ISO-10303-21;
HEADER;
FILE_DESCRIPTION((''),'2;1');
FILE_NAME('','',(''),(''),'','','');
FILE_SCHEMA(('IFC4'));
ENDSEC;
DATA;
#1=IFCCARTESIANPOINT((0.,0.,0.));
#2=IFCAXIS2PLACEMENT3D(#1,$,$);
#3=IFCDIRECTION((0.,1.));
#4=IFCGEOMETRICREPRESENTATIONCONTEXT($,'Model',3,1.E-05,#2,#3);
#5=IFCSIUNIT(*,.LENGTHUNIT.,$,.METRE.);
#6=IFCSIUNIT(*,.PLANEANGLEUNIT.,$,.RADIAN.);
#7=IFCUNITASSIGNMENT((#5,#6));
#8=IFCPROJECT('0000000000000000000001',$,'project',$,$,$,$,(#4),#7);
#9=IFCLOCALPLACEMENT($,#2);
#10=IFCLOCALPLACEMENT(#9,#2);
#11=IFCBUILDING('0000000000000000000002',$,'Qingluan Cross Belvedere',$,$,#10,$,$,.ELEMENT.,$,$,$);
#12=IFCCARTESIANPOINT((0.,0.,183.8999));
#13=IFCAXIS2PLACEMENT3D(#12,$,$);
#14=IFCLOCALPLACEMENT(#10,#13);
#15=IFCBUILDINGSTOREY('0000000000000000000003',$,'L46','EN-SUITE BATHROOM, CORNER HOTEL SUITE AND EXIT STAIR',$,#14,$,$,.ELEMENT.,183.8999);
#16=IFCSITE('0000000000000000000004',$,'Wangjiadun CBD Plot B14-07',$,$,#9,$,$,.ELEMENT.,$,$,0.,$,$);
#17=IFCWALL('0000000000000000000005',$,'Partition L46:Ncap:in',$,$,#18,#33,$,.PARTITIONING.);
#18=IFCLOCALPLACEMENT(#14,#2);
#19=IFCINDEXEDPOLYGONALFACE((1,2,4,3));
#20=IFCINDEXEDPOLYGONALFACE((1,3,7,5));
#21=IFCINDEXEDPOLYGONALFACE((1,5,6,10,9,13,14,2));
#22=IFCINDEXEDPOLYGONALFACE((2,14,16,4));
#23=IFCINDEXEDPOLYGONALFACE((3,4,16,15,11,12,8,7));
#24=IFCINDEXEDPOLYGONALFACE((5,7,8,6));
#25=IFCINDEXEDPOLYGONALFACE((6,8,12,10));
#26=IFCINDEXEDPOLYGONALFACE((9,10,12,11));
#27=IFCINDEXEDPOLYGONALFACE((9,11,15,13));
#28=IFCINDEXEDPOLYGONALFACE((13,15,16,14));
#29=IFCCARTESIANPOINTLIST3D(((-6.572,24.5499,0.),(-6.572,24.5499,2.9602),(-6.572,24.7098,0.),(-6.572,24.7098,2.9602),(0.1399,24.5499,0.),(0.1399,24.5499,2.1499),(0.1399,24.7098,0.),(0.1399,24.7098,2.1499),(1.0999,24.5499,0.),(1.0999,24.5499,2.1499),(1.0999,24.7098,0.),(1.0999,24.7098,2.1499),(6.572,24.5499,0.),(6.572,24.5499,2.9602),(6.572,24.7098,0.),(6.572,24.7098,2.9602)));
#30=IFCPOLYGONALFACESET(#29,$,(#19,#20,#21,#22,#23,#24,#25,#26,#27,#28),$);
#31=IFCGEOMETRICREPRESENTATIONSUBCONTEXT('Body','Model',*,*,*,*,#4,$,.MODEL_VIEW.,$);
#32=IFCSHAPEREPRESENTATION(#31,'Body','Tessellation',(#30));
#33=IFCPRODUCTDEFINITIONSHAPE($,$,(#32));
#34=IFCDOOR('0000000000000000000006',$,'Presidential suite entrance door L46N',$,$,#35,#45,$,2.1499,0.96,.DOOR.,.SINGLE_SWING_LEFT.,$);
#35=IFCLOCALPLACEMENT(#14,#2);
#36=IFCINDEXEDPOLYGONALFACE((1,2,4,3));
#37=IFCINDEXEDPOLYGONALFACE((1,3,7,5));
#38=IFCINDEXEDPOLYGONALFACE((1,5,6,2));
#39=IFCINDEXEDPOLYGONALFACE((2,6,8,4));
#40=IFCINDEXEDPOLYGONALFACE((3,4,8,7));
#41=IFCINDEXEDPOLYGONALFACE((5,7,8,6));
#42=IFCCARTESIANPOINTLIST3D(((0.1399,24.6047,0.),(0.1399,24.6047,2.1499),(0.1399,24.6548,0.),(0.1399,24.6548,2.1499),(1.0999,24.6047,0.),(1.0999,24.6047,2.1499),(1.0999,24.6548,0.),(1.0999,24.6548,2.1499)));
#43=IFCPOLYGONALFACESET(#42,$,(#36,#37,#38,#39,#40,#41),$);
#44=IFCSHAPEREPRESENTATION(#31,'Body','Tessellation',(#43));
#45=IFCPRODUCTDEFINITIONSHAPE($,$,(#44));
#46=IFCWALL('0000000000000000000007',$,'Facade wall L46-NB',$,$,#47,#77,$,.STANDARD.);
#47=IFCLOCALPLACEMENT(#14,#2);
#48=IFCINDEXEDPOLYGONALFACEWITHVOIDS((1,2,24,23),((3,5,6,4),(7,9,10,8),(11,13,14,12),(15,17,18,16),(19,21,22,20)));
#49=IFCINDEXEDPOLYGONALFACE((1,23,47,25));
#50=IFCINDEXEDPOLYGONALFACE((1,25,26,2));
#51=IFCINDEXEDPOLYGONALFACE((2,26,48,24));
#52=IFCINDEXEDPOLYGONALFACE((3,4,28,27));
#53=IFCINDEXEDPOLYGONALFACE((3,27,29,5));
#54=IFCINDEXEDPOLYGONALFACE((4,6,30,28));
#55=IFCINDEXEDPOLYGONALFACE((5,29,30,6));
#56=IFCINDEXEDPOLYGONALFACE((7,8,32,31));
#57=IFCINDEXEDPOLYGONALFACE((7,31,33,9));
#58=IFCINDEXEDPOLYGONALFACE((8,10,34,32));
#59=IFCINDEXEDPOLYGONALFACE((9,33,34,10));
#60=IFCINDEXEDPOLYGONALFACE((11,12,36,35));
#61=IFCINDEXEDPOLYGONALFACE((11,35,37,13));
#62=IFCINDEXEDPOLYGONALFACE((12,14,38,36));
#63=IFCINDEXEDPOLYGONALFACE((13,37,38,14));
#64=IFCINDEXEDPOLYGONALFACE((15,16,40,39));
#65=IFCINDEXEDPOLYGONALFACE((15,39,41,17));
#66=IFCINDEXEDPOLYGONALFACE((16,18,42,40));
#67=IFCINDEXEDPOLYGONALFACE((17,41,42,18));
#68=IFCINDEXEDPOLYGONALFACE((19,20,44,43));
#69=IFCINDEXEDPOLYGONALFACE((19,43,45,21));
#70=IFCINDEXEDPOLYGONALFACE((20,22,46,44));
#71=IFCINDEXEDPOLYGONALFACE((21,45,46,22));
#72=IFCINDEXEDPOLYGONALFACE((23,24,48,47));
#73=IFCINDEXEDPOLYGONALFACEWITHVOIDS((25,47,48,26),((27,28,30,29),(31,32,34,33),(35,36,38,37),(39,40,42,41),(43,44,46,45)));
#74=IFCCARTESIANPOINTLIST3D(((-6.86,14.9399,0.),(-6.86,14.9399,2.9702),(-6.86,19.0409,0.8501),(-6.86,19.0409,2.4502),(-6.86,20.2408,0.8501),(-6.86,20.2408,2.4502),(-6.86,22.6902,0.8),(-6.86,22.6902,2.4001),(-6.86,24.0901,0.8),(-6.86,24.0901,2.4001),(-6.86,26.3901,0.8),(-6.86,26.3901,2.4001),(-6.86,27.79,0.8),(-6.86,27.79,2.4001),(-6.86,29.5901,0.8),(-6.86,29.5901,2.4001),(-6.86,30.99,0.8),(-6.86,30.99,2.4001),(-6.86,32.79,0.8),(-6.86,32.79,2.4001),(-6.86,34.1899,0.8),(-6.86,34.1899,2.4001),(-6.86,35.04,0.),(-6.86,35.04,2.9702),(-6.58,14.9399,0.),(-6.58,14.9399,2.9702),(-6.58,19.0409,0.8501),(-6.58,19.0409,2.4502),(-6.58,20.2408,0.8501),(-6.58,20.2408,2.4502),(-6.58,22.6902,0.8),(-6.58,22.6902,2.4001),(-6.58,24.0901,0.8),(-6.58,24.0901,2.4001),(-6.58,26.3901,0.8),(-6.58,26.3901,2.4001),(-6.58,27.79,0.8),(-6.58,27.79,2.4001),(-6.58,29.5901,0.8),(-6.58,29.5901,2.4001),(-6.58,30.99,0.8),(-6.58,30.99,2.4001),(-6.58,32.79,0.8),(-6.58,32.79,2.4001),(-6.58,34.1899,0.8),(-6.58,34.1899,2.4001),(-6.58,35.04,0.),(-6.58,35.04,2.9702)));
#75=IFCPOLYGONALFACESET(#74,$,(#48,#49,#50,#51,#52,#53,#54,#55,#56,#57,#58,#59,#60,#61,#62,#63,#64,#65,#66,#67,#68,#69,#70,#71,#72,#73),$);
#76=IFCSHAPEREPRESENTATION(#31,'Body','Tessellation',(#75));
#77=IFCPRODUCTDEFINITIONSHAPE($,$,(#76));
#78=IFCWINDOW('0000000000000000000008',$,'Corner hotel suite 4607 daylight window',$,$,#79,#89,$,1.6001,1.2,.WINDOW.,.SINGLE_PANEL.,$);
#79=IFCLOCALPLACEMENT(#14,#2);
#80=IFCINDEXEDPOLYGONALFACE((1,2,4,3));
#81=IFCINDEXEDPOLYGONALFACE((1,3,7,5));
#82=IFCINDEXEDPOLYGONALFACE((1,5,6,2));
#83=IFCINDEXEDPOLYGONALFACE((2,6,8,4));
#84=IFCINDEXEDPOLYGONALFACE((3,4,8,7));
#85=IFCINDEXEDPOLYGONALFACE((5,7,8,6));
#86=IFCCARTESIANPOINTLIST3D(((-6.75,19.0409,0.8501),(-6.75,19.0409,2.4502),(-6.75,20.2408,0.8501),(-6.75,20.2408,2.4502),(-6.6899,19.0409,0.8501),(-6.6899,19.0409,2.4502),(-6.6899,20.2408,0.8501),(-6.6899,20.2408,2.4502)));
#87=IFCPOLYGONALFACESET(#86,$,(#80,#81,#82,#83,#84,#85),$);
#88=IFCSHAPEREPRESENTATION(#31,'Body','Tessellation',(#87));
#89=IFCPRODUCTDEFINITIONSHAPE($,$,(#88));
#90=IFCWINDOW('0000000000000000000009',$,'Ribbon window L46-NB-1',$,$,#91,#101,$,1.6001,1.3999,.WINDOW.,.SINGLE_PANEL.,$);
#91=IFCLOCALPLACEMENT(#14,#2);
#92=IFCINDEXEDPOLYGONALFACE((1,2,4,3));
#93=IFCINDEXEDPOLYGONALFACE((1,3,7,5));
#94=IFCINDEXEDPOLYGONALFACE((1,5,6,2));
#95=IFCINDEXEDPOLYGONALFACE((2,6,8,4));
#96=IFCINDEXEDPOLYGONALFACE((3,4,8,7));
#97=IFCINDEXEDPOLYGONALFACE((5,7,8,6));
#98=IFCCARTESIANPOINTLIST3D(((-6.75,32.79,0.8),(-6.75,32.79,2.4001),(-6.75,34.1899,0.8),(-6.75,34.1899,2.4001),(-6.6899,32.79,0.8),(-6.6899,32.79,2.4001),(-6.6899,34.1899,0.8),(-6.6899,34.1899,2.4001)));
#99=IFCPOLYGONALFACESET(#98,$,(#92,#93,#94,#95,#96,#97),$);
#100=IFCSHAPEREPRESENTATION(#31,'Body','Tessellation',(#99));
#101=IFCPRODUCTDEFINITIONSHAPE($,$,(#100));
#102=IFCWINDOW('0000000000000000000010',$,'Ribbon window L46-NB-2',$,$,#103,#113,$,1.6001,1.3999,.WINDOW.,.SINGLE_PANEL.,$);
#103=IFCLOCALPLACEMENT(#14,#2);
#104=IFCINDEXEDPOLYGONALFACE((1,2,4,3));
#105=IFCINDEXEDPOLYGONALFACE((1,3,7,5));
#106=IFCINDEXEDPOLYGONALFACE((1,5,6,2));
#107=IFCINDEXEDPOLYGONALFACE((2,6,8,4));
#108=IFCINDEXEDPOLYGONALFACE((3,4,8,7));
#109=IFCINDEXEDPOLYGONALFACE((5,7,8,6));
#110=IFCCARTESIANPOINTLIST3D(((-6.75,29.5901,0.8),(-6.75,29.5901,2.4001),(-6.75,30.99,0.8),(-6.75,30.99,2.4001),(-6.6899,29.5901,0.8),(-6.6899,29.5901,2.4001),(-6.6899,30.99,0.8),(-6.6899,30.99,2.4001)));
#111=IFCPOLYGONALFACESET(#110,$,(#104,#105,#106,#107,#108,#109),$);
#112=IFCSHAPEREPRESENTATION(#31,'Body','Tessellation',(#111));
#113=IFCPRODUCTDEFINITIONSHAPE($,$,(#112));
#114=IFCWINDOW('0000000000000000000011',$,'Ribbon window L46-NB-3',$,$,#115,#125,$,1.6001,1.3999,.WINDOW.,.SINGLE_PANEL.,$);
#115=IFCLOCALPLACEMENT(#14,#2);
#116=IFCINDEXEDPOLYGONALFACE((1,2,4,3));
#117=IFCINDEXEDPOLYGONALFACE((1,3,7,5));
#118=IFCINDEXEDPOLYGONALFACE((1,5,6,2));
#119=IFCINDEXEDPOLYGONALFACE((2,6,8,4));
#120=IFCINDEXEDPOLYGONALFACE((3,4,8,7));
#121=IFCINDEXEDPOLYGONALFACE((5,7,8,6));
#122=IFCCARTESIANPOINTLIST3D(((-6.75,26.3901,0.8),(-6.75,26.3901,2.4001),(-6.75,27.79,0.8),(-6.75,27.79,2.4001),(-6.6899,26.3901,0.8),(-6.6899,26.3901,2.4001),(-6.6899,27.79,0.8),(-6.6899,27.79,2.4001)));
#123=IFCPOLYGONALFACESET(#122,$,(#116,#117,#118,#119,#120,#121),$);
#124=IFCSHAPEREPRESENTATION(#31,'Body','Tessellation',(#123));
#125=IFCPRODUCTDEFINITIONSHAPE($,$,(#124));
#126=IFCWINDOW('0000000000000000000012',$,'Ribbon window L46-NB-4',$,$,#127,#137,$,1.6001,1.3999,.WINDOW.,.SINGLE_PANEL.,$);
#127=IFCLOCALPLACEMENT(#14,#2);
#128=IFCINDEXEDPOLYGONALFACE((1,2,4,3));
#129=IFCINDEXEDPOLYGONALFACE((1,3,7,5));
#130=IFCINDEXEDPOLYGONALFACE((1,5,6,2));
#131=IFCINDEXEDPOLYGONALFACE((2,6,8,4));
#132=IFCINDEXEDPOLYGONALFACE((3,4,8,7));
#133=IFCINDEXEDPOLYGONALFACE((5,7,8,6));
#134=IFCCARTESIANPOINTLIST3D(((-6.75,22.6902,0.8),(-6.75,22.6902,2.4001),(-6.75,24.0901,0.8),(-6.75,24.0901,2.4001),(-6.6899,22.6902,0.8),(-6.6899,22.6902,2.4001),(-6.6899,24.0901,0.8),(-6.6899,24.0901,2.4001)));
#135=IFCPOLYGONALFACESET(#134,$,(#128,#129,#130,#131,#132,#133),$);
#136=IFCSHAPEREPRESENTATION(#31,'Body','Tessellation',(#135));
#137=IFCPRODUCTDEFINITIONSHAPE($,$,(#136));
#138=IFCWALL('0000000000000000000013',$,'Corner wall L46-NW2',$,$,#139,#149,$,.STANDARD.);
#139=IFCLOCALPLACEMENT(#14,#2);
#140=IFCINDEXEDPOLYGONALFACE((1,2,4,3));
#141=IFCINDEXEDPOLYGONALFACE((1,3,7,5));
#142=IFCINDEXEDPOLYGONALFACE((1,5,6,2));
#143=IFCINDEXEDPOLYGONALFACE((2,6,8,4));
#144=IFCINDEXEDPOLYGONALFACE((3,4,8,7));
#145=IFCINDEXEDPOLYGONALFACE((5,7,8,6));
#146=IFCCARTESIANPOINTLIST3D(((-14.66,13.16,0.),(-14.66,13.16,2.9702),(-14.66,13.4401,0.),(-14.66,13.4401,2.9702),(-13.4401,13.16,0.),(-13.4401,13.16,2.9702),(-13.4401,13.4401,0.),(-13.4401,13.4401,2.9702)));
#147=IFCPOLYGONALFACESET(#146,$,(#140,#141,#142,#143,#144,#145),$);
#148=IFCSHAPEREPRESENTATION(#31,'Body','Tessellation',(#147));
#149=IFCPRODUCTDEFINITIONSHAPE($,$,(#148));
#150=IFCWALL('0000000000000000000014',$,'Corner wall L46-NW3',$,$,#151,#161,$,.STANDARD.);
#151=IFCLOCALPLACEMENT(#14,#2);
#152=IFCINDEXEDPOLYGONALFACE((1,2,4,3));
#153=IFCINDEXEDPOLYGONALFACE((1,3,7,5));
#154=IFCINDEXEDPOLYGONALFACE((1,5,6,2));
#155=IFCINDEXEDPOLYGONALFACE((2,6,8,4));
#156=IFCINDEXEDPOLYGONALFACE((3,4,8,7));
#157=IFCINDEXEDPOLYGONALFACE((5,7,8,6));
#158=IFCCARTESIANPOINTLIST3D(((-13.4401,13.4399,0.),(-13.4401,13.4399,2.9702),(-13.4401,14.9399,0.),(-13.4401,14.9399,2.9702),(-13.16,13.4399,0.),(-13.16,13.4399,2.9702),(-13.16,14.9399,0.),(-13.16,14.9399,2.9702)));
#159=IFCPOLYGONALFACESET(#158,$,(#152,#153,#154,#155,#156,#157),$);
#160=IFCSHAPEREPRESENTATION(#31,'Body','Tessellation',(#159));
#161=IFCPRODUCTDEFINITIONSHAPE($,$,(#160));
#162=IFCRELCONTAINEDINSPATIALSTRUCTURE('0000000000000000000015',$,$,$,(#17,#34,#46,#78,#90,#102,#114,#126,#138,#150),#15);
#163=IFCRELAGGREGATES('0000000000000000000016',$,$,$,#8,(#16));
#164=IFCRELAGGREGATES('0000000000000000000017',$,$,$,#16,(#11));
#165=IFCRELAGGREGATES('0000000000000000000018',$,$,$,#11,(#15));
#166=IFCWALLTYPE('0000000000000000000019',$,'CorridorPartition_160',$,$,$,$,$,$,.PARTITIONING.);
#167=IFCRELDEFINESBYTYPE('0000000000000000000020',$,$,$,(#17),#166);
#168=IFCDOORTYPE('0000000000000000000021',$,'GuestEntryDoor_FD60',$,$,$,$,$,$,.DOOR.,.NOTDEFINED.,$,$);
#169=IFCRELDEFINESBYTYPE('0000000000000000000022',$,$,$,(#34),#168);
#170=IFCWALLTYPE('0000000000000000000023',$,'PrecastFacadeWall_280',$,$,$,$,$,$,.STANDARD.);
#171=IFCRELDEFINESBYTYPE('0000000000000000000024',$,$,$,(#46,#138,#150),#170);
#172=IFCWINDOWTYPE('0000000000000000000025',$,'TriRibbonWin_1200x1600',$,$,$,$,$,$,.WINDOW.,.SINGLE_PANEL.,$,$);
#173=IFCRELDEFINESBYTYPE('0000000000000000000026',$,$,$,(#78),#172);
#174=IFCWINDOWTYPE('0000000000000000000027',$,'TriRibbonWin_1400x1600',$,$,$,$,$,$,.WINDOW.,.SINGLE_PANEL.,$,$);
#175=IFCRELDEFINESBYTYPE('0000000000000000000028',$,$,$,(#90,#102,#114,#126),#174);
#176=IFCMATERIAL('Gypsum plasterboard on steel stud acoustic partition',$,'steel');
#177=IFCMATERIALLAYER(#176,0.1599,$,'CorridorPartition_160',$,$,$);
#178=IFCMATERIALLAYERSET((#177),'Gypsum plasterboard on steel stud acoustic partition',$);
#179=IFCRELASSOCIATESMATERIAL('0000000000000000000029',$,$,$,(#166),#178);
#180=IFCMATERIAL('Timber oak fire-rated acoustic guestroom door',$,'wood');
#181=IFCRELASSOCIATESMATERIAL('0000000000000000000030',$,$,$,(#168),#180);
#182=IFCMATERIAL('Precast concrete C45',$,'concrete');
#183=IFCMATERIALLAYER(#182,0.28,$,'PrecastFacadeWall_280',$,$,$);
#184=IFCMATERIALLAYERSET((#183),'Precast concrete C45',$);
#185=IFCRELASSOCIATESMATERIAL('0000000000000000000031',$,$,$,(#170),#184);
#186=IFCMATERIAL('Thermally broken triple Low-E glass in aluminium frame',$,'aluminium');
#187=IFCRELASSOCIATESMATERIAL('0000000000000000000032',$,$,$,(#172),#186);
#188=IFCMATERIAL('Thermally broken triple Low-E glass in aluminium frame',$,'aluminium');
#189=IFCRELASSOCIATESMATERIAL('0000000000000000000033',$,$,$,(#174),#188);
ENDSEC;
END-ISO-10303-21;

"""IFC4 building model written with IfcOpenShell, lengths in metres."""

from ifc_helpers import new_model, si_unit, direction, frame, frame_2d, origin, place, context, subcontext, project, spatial, rectangle, extrude, material, layer, layer_set, type_object, element, fill, save


model = new_model("IFC4")

# Units and contexts
model_context = context("Model", 3, precision=1e-05, world=origin(), true_north=direction((0.0, 1.0)))
body_context = subcontext(model_context, "Body", "Model", "MODEL_VIEW")
ifc_project = project(units=[si_unit("LENGTHUNIT", "METRE"), si_unit("PLANEANGLEUNIT", "RADIAN")], contexts=[model_context])

# Site, building, storey
site_placement = place(None, origin())
site = spatial("IfcSite", under=ifc_project, at=site_placement, Name="Wangjiadun CBD Plot B14-07", CompositionType="ELEMENT", RefElevation=0.0)
building_placement = place(site_placement, origin())
building = spatial("IfcBuilding", under=site, at=building_placement, Name="Qingluan Cross Belvedere", CompositionType="ELEMENT")
storey_placement = place(building_placement, frame((0.0, 0.0, 183.8999)))
storey = spatial("IfcBuildingStorey", under=building, at=storey_placement, Name="L46", Description="EN-SUITE BATHROOM, CORNER HOTEL SUITE AND EXIT STAIR", CompositionType="ELEMENT", Elevation=183.8999)

# Shared definitions
ifc_material_1 = material(Name="Gypsum plasterboard on steel stud acoustic partition", Category="steel")
ifc_layer_1 = layer(ifc_material_1, 0.1599, Name="CorridorPartition_160")
ifc_layer_set_1 = layer_set([ifc_layer_1], Name="Gypsum plasterboard on steel stud acoustic partition")
wall_type_1 = type_object("IfcWallType", Name="CorridorPartition_160", PredefinedType="PARTITIONING", material=ifc_layer_set_1)

# Wall, opening, door
wall_1_placement = place(storey_placement, frame((-6.572, 24.6299, 0.0), z_axis=(0.0, 0.0, 1.0), x_axis=(1.0, 0.0, 0.0)))
wall_1 = element("IfcWall", 1, at=wall_1_placement, inside=storey, type_object=wall_type_1, Name="Partition L46:Ncap:in", PredefinedType="PARTITIONING", context=body_context, shape_type="SweptSolid", body=[
    extrude(rectangle(XDim=13.144, YDim=0.1599, at=frame_2d((6.572, 0.0))), origin(), (0.0, 0.0, 1.0), 2.9602),
])
opening_1_placement = place(wall_1_placement, frame((6.7119, 0.0, 0.0)))
opening_1 = element("IfcOpeningElement", 2, at=opening_1_placement, cuts=wall_1, PredefinedType="OPENING", context=body_context, shape_type="SweptSolid", body=[
    extrude(rectangle(XDim=0.96, YDim=2.1499, at=frame_2d((0.48, 1.075))), frame((0.0, 0.0898, 0.0), z_axis=(0.0, -1.0, 0.0), x_axis=(1.0, 0.0, 0.0)), (0.0, 0.0, 1.0), 0.1799),
])
ifc_material_2 = material(Name="Timber oak fire-rated acoustic guestroom door", Category="wood")
door_type = type_object("IfcDoorType", Name="GuestEntryDoor_FD60", OperationType="NOTDEFINED", PredefinedType="DOOR", material=ifc_material_2)
door_placement = place(opening_1_placement, origin())
door = element("IfcDoor", 3, at=door_placement, inside=storey, type_object=door_type, Name="Presidential suite entrance door L46N", OperationType="SINGLE_SWING_LEFT", OverallHeight=2.1499, OverallWidth=0.96, PredefinedType="DOOR", context=body_context, shape_type="SweptSolid", body=[
    extrude(rectangle(XDim=0.96, YDim=2.1499, at=frame_2d((0.48, 1.075))), frame((0.0, 0.0249, 0.0), z_axis=(0.0, -1.0, 0.0), x_axis=(1.0, 0.0, 0.0)), (0.0, 0.0, 1.0), 0.05),
])
fill(opening_1, door)

# Wall, openings, windows
ifc_material_3 = material(Name="Precast concrete C45", Category="concrete")
ifc_layer_2 = layer(ifc_material_3, 0.28, Name="PrecastFacadeWall_280")
ifc_layer_set_2 = layer_set([ifc_layer_2], Name="Precast concrete C45")
wall_type_2 = type_object("IfcWallType", Name="PrecastFacadeWall_280", PredefinedType="STANDARD", material=ifc_layer_set_2)
wall_2_placement = place(storey_placement, frame((-6.72, 35.04, 0.0), z_axis=(0.0, 0.0, 1.0), x_axis=(0.0, -1.0, 0.0)))
wall_2 = element("IfcWall", 4, at=wall_2_placement, inside=storey, type_object=wall_type_2, Name="Facade wall L46-NB", PredefinedType="STANDARD", context=body_context, shape_type="SweptSolid", body=[
    extrude(rectangle(XDim=20.1001, YDim=0.28, at=frame_2d((10.05, 0.0))), origin(), (0.0, 0.0, 1.0), 2.9702),
])
opening_2_placement = place(wall_2_placement, frame((0.8501, 0.0, 0.8)))
opening_2 = element("IfcOpeningElement", 5, at=opening_2_placement, cuts=wall_2, PredefinedType="OPENING", context=body_context, shape_type="SweptSolid", body=[
    extrude(rectangle(XDim=1.3999, YDim=1.6001, at=frame_2d((0.7, 0.8))), frame((0.0, 0.1499, 0.0), z_axis=(0.0, -1.0, 0.0), x_axis=(1.0, 0.0, 0.0)), (0.0, 0.0, 1.0), 0.3),
])
opening_3_placement = place(wall_2_placement, frame((4.05, 0.0, 0.8)))
opening_3 = element("IfcOpeningElement", 6, at=opening_3_placement, cuts=wall_2, PredefinedType="OPENING", context=body_context, shape_type="SweptSolid", body=[
    extrude(rectangle(XDim=1.3999, YDim=1.6001, at=frame_2d((0.7, 0.8))), frame((0.0, 0.1499, 0.0), z_axis=(0.0, -1.0, 0.0), x_axis=(1.0, 0.0, 0.0)), (0.0, 0.0, 1.0), 0.3),
])
opening_4_placement = place(wall_2_placement, frame((7.25, 0.0, 0.8)))
opening_4 = element("IfcOpeningElement", 7, at=opening_4_placement, cuts=wall_2, PredefinedType="OPENING", context=body_context, shape_type="SweptSolid", body=[
    extrude(rectangle(XDim=1.3999, YDim=1.6001, at=frame_2d((0.7, 0.8))), frame((0.0, 0.1499, 0.0), z_axis=(0.0, -1.0, 0.0), x_axis=(1.0, 0.0, 0.0)), (0.0, 0.0, 1.0), 0.3),
])
opening_5_placement = place(wall_2_placement, frame((10.95, 0.0, 0.8)))
opening_5 = element("IfcOpeningElement", 8, at=opening_5_placement, cuts=wall_2, PredefinedType="OPENING", context=body_context, shape_type="SweptSolid", body=[
    extrude(rectangle(XDim=1.3999, YDim=1.6001, at=frame_2d((0.7, 0.8))), frame((0.0, 0.1499, 0.0), z_axis=(0.0, -1.0, 0.0), x_axis=(1.0, 0.0, 0.0)), (0.0, 0.0, 1.0), 0.3),
])
opening_6_placement = place(wall_2_placement, frame((14.7991, 0.0, 0.8501)))
opening_6 = element("IfcOpeningElement", 9, at=opening_6_placement, cuts=wall_2, PredefinedType="OPENING", context=body_context, shape_type="SweptSolid", body=[
    extrude(rectangle(XDim=1.2, YDim=1.6001, at=frame_2d((0.6001, 0.8))), frame((0.0, 0.1499, 0.0), z_axis=(0.0, -1.0, 0.0), x_axis=(1.0, 0.0, 0.0)), (0.0, 0.0, 1.0), 0.3),
])
ifc_material_4 = material(Name="Thermally broken triple Low-E glass in aluminium frame", Category="aluminium")
window_type_1 = type_object("IfcWindowType", Name="TriRibbonWin_1200x1600", PartitioningType="SINGLE_PANEL", PredefinedType="WINDOW", material=ifc_material_4)
window_1_placement = place(opening_6_placement, origin())
window_1 = element("IfcWindow", 10, at=window_1_placement, inside=storey, type_object=window_type_1, Name="Corner hotel suite 4607 daylight window", OverallHeight=1.6001, OverallWidth=1.2, PartitioningType="SINGLE_PANEL", PredefinedType="WINDOW", context=body_context, shape_type="SweptSolid", body=[
    extrude(rectangle(XDim=1.2, YDim=1.6001, at=frame_2d((0.6001, 0.8))), frame((0.0, 0.03, 0.0), z_axis=(0.0, -1.0, 0.0), x_axis=(1.0, 0.0, 0.0)), (0.0, 0.0, 1.0), 0.0601),
])
fill(opening_6, window_1)
ifc_material_5 = material(Name="Thermally broken triple Low-E glass in aluminium frame", Category="aluminium")
window_type_2 = type_object("IfcWindowType", Name="TriRibbonWin_1400x1600", PartitioningType="SINGLE_PANEL", PredefinedType="WINDOW", material=ifc_material_5)
window_2_placement = place(opening_2_placement, origin())
window_2 = element("IfcWindow", 11, at=window_2_placement, inside=storey, type_object=window_type_2, Name="Ribbon window L46-NB-1", OverallHeight=1.6001, OverallWidth=1.3999, PartitioningType="SINGLE_PANEL", PredefinedType="WINDOW", context=body_context, shape_type="SweptSolid", body=[
    extrude(rectangle(XDim=1.3999, YDim=1.6001, at=frame_2d((0.7, 0.8))), frame((0.0, 0.03, 0.0), z_axis=(0.0, -1.0, 0.0), x_axis=(1.0, 0.0, 0.0)), (0.0, 0.0, 1.0), 0.0601),
])
fill(opening_2, window_2)
window_3_placement = place(opening_3_placement, origin())
window_3 = element("IfcWindow", 12, at=window_3_placement, inside=storey, type_object=window_type_2, Name="Ribbon window L46-NB-2", OverallHeight=1.6001, OverallWidth=1.3999, PartitioningType="SINGLE_PANEL", PredefinedType="WINDOW", context=body_context, shape_type="SweptSolid", body=[
    extrude(rectangle(XDim=1.3999, YDim=1.6001, at=frame_2d((0.7, 0.8))), frame((0.0, 0.03, 0.0), z_axis=(0.0, -1.0, 0.0), x_axis=(1.0, 0.0, 0.0)), (0.0, 0.0, 1.0), 0.0601),
])
fill(opening_3, window_3)
window_4_placement = place(opening_4_placement, origin())
window_4 = element("IfcWindow", 13, at=window_4_placement, inside=storey, type_object=window_type_2, Name="Ribbon window L46-NB-3", OverallHeight=1.6001, OverallWidth=1.3999, PartitioningType="SINGLE_PANEL", PredefinedType="WINDOW", context=body_context, shape_type="SweptSolid", body=[
    extrude(rectangle(XDim=1.3999, YDim=1.6001, at=frame_2d((0.7, 0.8))), frame((0.0, 0.03, 0.0), z_axis=(0.0, -1.0, 0.0), x_axis=(1.0, 0.0, 0.0)), (0.0, 0.0, 1.0), 0.0601),
])
fill(opening_4, window_4)
window_5_placement = place(opening_5_placement, origin())
window_5 = element("IfcWindow", 14, at=window_5_placement, inside=storey, type_object=window_type_2, Name="Ribbon window L46-NB-4", OverallHeight=1.6001, OverallWidth=1.3999, PartitioningType="SINGLE_PANEL", PredefinedType="WINDOW", context=body_context, shape_type="SweptSolid", body=[
    extrude(rectangle(XDim=1.3999, YDim=1.6001, at=frame_2d((0.7, 0.8))), frame((0.0, 0.03, 0.0), z_axis=(0.0, -1.0, 0.0), x_axis=(1.0, 0.0, 0.0)), (0.0, 0.0, 1.0), 0.0601),
])
fill(opening_5, window_5)

# Walls
wall_3_placement = place(storey_placement, frame((-14.6599, 13.3, 0.0), z_axis=(0.0, 0.0, 1.0), x_axis=(1.0, 0.0, 0.0)))
element("IfcWall", 15, at=wall_3_placement, inside=storey, type_object=wall_type_2, Name="Corner wall L46-NW2", PredefinedType="STANDARD", context=body_context, shape_type="SweptSolid", body=[
    extrude(rectangle(XDim=1.22, YDim=0.28, at=frame_2d((0.6099, 0.0))), origin(), (0.0, 0.0, 1.0), 2.9702),
])
wall_4_placement = place(storey_placement, frame((-13.3, 13.4399, 0.0), z_axis=(0.0, 0.0, 1.0), x_axis=(0.0, 1.0, 0.0)))
element("IfcWall", 16, at=wall_4_placement, inside=storey, type_object=wall_type_2, Name="Corner wall L46-NW3", PredefinedType="STANDARD", context=body_context, shape_type="SweptSolid", body=[
    extrude(rectangle(XDim=1.5, YDim=0.28, at=frame_2d((0.75, 0.0))), origin(), (0.0, 0.0, 1.0), 2.9702),
])

save(model, "model.ifc")
